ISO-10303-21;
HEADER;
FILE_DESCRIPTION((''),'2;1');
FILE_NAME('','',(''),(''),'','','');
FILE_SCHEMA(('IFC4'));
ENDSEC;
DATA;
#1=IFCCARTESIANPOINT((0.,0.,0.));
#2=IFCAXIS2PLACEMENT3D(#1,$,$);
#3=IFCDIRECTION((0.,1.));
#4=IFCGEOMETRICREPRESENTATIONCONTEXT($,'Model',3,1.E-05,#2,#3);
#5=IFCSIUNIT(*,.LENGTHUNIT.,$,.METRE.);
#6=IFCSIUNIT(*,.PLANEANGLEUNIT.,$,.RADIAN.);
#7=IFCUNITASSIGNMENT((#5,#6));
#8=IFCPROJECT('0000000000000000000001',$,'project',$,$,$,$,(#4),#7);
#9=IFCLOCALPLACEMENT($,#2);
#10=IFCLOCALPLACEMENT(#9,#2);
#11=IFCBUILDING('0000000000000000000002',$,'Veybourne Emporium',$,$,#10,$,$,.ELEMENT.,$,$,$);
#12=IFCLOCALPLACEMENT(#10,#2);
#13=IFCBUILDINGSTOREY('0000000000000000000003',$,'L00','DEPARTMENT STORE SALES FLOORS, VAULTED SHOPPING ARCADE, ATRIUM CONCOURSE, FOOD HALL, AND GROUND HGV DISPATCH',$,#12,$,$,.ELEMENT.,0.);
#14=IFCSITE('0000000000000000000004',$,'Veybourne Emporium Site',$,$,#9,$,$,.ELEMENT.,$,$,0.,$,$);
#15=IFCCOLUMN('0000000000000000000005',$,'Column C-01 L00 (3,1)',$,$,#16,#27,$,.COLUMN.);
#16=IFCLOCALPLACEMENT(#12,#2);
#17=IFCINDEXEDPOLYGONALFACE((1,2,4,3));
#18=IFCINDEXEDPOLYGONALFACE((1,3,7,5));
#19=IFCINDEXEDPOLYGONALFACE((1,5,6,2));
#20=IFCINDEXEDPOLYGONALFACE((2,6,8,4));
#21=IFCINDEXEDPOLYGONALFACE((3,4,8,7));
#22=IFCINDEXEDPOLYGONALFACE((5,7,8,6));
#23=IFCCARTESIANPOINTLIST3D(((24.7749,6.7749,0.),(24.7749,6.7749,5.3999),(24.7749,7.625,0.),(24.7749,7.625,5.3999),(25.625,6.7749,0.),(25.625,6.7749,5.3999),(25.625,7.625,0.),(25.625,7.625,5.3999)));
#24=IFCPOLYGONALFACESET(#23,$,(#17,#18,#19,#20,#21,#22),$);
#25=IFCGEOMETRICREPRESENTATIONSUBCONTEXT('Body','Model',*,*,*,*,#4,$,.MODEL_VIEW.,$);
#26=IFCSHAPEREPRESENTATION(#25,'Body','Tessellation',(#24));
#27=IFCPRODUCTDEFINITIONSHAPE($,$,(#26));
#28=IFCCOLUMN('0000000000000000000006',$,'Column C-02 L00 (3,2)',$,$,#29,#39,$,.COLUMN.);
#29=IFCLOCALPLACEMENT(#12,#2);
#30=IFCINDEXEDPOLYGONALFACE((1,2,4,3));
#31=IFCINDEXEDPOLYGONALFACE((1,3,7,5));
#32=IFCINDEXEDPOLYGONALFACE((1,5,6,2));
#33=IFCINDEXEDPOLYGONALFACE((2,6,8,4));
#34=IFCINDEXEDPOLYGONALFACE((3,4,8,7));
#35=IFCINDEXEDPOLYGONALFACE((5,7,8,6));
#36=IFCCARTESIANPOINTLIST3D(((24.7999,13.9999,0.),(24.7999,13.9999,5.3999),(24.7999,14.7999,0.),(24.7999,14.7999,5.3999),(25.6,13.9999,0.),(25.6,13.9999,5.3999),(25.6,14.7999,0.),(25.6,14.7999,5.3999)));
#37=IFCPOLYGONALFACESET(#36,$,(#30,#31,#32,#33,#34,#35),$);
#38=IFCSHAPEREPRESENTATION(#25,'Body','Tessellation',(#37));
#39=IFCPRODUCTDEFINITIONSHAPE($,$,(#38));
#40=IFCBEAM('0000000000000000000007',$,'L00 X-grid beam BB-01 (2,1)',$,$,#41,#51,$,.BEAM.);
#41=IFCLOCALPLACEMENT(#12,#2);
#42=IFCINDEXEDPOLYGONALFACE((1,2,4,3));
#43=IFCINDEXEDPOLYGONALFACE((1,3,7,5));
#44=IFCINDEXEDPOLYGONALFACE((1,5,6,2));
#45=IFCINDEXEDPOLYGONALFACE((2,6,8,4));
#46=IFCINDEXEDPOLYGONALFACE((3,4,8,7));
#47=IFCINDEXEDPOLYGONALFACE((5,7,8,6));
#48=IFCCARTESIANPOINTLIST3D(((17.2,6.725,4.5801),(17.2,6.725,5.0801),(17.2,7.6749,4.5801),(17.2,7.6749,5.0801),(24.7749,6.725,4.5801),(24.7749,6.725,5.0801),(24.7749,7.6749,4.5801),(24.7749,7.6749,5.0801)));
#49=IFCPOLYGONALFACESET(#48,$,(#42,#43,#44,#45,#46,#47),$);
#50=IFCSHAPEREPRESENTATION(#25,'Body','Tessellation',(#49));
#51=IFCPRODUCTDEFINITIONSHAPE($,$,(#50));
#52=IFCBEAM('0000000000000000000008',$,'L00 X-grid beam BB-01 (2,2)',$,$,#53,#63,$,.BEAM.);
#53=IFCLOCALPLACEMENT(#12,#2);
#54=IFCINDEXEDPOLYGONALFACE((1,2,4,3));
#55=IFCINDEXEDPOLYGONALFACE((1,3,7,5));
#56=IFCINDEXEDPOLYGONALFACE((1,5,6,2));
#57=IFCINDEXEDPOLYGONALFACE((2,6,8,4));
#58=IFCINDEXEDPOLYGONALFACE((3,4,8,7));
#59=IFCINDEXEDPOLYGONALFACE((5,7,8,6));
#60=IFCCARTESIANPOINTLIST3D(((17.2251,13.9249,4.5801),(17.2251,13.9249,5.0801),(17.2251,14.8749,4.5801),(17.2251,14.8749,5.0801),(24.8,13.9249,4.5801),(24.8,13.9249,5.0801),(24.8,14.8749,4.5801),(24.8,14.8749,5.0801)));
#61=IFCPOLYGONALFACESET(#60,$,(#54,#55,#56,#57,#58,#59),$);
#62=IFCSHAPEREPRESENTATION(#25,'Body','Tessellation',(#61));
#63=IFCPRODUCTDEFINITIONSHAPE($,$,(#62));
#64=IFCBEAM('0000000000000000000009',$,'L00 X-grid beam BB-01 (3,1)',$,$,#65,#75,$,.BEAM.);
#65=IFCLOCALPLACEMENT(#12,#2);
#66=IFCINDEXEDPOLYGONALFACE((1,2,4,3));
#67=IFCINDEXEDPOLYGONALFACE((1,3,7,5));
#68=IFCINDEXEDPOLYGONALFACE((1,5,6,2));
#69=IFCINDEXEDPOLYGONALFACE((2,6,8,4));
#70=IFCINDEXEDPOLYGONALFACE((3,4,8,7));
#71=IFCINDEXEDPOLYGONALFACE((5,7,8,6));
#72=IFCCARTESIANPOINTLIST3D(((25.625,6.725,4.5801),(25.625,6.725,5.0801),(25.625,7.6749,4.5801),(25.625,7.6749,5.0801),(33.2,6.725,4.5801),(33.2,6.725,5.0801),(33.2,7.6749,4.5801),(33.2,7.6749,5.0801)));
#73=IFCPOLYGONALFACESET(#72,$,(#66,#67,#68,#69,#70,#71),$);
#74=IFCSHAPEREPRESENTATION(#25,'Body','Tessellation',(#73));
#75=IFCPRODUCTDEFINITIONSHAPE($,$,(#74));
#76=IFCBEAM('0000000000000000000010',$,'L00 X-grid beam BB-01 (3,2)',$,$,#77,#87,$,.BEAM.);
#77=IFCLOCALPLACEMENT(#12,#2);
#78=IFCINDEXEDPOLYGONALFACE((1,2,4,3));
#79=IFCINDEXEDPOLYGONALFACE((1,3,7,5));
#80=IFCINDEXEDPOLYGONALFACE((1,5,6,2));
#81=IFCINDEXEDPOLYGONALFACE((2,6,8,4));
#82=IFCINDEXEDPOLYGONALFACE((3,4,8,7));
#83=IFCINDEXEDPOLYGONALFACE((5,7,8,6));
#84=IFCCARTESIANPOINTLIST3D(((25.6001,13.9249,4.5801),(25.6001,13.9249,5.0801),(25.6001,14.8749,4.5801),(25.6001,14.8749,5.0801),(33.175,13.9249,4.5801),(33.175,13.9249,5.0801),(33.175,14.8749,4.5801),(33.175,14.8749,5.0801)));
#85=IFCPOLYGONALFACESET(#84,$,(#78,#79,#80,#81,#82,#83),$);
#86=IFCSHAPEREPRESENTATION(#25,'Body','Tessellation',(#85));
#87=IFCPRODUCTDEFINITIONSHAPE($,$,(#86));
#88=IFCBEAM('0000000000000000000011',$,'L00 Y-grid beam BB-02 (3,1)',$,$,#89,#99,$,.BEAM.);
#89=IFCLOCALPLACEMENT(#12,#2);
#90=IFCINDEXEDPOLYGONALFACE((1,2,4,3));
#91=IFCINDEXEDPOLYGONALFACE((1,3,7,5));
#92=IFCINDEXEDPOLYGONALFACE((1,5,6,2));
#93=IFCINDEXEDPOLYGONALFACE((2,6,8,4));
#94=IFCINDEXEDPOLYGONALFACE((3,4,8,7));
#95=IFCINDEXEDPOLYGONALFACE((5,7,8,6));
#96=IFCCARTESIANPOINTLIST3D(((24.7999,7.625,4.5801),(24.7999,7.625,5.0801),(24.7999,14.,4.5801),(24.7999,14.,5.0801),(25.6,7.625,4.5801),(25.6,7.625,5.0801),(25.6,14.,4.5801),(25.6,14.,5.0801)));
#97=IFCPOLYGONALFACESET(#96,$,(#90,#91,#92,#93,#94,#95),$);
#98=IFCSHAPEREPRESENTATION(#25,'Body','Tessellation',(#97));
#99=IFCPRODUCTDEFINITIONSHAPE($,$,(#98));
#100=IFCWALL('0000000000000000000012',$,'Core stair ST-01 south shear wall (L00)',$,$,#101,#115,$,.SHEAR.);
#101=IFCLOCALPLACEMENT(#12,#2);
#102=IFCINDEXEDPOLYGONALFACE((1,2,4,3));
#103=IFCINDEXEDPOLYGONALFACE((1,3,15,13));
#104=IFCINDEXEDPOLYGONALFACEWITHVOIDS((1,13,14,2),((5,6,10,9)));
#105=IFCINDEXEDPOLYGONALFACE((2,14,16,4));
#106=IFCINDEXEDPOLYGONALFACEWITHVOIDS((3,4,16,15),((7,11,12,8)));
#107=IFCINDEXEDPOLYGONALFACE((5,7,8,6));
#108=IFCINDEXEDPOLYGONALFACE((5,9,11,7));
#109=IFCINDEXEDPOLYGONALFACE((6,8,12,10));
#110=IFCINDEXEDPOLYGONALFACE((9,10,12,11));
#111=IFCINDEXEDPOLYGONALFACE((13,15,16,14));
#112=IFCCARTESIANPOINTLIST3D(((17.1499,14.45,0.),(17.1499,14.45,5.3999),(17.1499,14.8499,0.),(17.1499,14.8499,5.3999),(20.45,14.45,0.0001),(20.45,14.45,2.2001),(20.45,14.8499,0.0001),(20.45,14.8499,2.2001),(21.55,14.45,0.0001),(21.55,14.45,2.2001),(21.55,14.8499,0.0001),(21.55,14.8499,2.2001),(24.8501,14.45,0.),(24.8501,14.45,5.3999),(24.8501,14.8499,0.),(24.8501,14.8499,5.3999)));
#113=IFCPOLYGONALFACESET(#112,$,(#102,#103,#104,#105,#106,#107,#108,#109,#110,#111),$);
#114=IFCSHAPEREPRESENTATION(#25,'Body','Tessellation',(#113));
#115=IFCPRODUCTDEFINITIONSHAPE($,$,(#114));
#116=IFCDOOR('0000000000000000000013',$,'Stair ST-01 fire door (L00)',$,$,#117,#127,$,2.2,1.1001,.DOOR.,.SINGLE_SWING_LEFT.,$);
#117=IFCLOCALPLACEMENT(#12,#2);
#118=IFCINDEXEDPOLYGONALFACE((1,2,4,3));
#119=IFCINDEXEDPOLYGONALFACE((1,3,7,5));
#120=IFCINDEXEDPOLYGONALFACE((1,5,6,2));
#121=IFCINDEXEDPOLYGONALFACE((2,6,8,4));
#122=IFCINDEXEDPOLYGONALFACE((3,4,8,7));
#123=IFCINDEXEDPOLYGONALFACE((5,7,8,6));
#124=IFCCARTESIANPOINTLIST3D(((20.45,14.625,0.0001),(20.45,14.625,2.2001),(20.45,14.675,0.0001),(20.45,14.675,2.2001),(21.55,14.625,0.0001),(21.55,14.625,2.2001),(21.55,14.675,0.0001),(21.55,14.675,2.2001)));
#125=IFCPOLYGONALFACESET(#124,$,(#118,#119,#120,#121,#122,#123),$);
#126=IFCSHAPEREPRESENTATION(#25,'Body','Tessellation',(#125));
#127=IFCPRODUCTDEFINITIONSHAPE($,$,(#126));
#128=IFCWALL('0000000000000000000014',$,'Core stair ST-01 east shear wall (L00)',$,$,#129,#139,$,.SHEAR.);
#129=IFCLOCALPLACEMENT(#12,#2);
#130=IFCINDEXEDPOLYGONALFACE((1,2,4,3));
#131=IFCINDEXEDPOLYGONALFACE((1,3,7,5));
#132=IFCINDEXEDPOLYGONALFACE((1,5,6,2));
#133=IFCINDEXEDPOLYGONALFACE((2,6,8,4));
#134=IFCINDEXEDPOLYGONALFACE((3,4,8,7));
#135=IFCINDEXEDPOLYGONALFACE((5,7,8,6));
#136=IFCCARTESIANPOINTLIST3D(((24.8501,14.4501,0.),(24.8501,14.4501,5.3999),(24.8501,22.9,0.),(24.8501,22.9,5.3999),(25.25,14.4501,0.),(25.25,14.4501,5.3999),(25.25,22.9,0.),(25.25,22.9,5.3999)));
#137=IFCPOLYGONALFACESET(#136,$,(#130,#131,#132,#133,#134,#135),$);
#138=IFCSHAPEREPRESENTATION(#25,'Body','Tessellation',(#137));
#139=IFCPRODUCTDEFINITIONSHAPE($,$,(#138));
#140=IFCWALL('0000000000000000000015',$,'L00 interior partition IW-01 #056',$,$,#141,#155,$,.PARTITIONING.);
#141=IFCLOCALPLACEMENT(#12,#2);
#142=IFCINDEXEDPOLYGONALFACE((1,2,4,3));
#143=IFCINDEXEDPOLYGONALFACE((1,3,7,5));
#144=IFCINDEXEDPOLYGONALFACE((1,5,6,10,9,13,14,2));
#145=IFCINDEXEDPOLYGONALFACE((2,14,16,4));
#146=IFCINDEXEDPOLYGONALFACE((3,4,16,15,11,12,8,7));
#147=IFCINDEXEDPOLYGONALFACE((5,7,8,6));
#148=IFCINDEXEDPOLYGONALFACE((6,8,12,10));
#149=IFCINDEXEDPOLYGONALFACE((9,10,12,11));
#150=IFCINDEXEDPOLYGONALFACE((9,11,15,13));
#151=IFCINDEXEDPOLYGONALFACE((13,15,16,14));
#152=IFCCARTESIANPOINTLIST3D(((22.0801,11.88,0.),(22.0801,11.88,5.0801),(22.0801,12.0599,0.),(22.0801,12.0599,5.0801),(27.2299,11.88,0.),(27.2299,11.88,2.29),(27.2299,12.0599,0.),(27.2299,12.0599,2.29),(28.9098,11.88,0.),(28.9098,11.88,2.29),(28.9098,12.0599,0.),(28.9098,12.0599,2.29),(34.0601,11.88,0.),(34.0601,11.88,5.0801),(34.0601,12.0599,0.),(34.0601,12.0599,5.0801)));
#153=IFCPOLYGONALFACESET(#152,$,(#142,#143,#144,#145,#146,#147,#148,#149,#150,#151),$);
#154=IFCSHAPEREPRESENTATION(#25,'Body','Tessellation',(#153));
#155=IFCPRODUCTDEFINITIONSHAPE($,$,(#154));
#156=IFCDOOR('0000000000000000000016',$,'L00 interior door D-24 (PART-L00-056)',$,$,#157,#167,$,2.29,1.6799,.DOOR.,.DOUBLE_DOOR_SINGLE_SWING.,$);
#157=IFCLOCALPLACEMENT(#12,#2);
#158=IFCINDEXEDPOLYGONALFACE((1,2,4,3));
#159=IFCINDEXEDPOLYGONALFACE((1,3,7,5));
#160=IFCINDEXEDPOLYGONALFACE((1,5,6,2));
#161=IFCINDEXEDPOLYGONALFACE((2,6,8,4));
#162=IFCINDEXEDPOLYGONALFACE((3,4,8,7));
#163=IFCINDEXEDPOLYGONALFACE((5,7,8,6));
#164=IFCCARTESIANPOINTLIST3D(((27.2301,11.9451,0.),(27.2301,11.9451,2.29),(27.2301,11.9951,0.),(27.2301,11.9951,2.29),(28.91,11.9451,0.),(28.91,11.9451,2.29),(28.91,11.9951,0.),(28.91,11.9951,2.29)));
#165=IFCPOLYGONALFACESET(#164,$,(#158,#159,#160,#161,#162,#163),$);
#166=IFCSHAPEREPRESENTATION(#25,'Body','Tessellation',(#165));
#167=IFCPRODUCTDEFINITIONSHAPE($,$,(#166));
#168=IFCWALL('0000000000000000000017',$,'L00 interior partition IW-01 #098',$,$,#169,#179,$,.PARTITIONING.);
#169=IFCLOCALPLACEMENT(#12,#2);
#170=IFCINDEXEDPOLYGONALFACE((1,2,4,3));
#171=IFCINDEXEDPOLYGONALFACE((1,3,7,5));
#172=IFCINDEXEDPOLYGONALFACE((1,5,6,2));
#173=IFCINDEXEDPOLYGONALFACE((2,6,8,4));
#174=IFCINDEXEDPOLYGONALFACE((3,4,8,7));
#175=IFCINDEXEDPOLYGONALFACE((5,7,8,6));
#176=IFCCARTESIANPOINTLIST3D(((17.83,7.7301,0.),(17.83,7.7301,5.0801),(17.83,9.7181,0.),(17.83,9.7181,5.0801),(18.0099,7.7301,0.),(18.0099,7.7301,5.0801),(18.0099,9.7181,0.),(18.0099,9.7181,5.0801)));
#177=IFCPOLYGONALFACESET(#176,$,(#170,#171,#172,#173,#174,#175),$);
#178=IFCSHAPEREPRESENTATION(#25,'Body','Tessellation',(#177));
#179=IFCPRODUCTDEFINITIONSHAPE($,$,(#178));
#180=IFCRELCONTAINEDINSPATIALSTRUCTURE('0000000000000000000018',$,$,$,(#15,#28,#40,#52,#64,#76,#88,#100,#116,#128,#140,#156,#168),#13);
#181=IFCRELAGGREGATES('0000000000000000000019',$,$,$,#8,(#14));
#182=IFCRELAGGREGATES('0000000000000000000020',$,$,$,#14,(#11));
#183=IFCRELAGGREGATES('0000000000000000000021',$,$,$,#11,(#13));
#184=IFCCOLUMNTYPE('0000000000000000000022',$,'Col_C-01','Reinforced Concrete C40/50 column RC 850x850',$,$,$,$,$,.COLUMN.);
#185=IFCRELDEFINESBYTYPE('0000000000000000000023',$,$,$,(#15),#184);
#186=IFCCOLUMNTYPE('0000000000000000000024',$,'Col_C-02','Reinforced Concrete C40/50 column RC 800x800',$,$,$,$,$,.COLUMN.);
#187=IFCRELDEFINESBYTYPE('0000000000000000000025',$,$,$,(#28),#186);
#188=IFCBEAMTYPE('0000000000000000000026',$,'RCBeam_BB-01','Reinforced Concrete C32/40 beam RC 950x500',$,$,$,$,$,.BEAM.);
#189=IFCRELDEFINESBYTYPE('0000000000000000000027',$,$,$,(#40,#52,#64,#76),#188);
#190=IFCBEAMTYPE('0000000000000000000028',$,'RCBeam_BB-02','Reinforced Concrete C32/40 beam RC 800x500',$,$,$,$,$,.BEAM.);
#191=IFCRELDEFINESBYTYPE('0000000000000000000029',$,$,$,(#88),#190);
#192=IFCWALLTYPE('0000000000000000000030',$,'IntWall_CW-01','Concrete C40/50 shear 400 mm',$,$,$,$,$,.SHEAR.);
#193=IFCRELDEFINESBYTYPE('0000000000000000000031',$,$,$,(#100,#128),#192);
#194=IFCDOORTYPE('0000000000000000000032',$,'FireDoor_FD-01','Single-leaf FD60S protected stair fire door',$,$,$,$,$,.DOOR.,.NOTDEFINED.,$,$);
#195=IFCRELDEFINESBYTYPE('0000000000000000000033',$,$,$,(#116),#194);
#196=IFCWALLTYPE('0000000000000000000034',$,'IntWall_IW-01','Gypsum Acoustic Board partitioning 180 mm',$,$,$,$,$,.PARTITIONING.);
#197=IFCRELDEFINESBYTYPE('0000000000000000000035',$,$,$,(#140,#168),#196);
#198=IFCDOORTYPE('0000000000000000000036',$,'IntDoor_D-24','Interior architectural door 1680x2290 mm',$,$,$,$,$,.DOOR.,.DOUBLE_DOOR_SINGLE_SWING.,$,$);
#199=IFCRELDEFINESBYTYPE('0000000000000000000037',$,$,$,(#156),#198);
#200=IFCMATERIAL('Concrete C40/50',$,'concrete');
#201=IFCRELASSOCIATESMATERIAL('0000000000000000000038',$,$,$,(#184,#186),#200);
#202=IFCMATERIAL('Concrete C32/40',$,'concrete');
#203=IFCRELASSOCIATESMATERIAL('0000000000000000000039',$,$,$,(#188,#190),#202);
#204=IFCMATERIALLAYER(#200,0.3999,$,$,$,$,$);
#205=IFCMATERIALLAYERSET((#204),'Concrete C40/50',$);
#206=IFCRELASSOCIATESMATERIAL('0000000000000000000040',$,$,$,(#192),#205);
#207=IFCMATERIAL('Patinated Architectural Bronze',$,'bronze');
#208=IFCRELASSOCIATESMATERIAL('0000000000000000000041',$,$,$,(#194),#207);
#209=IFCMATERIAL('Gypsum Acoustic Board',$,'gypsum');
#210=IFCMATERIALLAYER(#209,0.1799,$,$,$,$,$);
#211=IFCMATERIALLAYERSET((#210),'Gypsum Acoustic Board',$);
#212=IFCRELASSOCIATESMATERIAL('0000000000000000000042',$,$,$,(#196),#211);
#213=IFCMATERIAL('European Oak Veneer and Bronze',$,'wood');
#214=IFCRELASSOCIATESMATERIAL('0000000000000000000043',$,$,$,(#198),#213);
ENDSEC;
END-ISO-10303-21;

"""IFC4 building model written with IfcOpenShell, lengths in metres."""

from ifc_helpers import new_model, si_unit, direction, frame, frame_2d, origin, origin_2d, place, context, subcontext, project, spatial, rectangle, extrude, material, layer, layer_set, material_profile, profile_set, type_object, element, fill, save


model = new_model("IFC4")

# Units and contexts
model_context = context("Model", 3, precision=1e-05, world=origin(), true_north=direction((0.0, 1.0)))
body_context = subcontext(model_context, "Body", "Model", "MODEL_VIEW")
ifc_project = project(units=[si_unit("LENGTHUNIT", "METRE"), si_unit("PLANEANGLEUNIT", "RADIAN")], contexts=[model_context])

# Site, building, storey
site_placement = place(None, origin())
site = spatial("IfcSite", under=ifc_project, at=site_placement, Name="Veybourne Emporium Site", CompositionType="ELEMENT", RefElevation=0.0)
building_placement = place(site_placement, origin())
building = spatial("IfcBuilding", under=site, at=building_placement, Name="Veybourne Emporium", CompositionType="ELEMENT")
storey_placement = place(building_placement, origin())
storey = spatial("IfcBuildingStorey", under=building, at=storey_placement, Name="L00", Description="DEPARTMENT STORE SALES FLOORS, VAULTED SHOPPING ARCADE, ATRIUM CONCOURSE, FOOD HALL, AND GROUND HGV DISPATCH", CompositionType="ELEMENT", Elevation=0.0)

# Columns
ifc_material_1 = material(Name="Concrete C40/50", Category="concrete")
ifc_material_profile_1 = material_profile(ifc_material_1, rectangle(XDim=0.8501, YDim=0.8501, at=origin_2d()), Name="RC 850x850")
ifc_profile_set_1 = profile_set([ifc_material_profile_1], Name="Concrete C40/50")
column_type_1 = type_object("IfcColumnType", Name="Col_C-01", Description="Reinforced Concrete C40/50 column RC 850x850", PredefinedType="COLUMN", material=ifc_profile_set_1)
column_1_placement = place(storey_placement, frame((25.2, 7.2, 0.0), z_axis=(0.0, 0.0, 1.0), x_axis=(1.0, 0.0, 0.0)))
element("IfcColumn", 1, at=column_1_placement, inside=storey, type_object=column_type_1, Name="Column C-01 L00 (3,1)", PredefinedType="COLUMN", context=body_context, shape_type="SweptSolid", body=[
    extrude(rectangle(XDim=0.8501, YDim=0.8501, at=origin_2d()), origin(), (0.0, 0.0, 1.0), 5.3999),
])
ifc_material_profile_2 = material_profile(ifc_material_1, rectangle(XDim=0.8, YDim=0.8, at=origin_2d()), Name="RC 800x800")
ifc_profile_set_2 = profile_set([ifc_material_profile_2], Name="Concrete C40/50")
column_type_2 = type_object("IfcColumnType", Name="Col_C-02", Description="Reinforced Concrete C40/50 column RC 800x800", PredefinedType="COLUMN", material=ifc_profile_set_2)
column_2_placement = place(storey_placement, frame((25.2, 14.3999, 0.0), z_axis=(0.0, 0.0, 1.0), x_axis=(1.0, 0.0, 0.0)))
element("IfcColumn", 2, at=column_2_placement, inside=storey, type_object=column_type_2, Name="Column C-02 L00 (3,2)", PredefinedType="COLUMN", context=body_context, shape_type="SweptSolid", body=[
    extrude(rectangle(XDim=0.8, YDim=0.8, at=origin_2d()), origin(), (0.0, 0.0, 1.0), 5.3999),
])

# Beams
ifc_material_2 = material(Name="Concrete C32/40", Category="concrete")
ifc_material_profile_3 = material_profile(ifc_material_2, rectangle(XDim=0.95, YDim=0.5, at=origin_2d()), Name="RC 950x500")
ifc_profile_set_3 = profile_set([ifc_material_profile_3], Name="Concrete C32/40")
beam_type_1 = type_object("IfcBeamType", Name="RCBeam_BB-01", Description="Reinforced Concrete C32/40 beam RC 950x500", PredefinedType="BEAM", material=ifc_profile_set_3)
for number, where, z_axis, x_axis, name in (
    (3, (17.2, 7.2, 4.8301), (1.0, 0.0, 0.0), (0.0, 1.0, 0.0), "L00 X-grid beam BB-01 (2,1)"),
    (4, (17.2251, 14.3999, 4.8301), (1.0, 0.0, 0.0), (0.0, 1.0, 0.0), "L00 X-grid beam BB-01 (2,2)"),
    (5, (25.625, 7.2, 4.8301), (1.0, 0.0, 0.0), (0.0, 1.0, 0.0), "L00 X-grid beam BB-01 (3,1)"),
    (6, (25.6001, 14.3999, 4.8301), (1.0, 0.0, 0.0), (0.0, 1.0, 0.0), "L00 X-grid beam BB-01 (3,2)"),
):
    element("IfcBeam", number, at=place(storey_placement, frame(where, z_axis=z_axis, x_axis=x_axis)), inside=storey, type_object=beam_type_1, Name=name, PredefinedType="BEAM", context=body_context, shape_type="SweptSolid", body=[
        extrude(rectangle(XDim=0.95, YDim=0.5, at=origin_2d()), origin(), (0.0, 0.0, 1.0), 7.575),
    ])
ifc_material_profile_4 = material_profile(ifc_material_2, rectangle(XDim=0.8, YDim=0.5, at=origin_2d()), Name="RC 800x500")
ifc_profile_set_4 = profile_set([ifc_material_profile_4], Name="Concrete C32/40")
beam_type_2 = type_object("IfcBeamType", Name="RCBeam_BB-02", Description="Reinforced Concrete C32/40 beam RC 800x500", PredefinedType="BEAM", material=ifc_profile_set_4)
beam_placement = place(storey_placement, frame((25.2, 7.625, 4.8301), z_axis=(0.0, 1.0, 0.0), x_axis=(-1.0, 0.0, 0.0)))
element("IfcBeam", 7, at=beam_placement, inside=storey, type_object=beam_type_2, Name="L00 Y-grid beam BB-02 (3,1)", PredefinedType="BEAM", context=body_context, shape_type="SweptSolid", body=[
    extrude(rectangle(XDim=0.8, YDim=0.5, at=origin_2d()), origin(), (0.0, 0.0, 1.0), 6.375),
])

# Wall, opening, door
ifc_layer_1 = layer(ifc_material_1, 0.3999)
ifc_layer_set_1 = layer_set([ifc_layer_1], Name="Concrete C40/50")
wall_type_1 = type_object("IfcWallType", Name="IntWall_CW-01", Description="Concrete C40/50 shear 400 mm", PredefinedType="SHEAR", material=ifc_layer_set_1)
wall_1_placement = place(storey_placement, frame((24.8501, 14.6499, 0.0), z_axis=(0.0, 0.0, 1.0), x_axis=(-1.0, 0.0, 0.0)))
wall_1 = element("IfcWall", 8, at=wall_1_placement, inside=storey, type_object=wall_type_1, Name="Core stair ST-01 south shear wall (L00)", PredefinedType="SHEAR", context=body_context, shape_type="SweptSolid", body=[
    extrude(rectangle(XDim=7.7002, YDim=0.3999, at=frame_2d((3.8501, 0.0))), origin(), (0.0, 0.0, 1.0), 5.3999),
])
opening_1_placement = place(wall_1_placement, frame((3.3, 0.0, 0.0)))
opening_1 = element("IfcOpeningElement", 9, at=opening_1_placement, cuts=wall_1, PredefinedType="OPENING", context=body_context, shape_type="SweptSolid", body=[
    extrude(rectangle(XDim=1.1001, YDim=2.2, at=frame_2d((0.55, 1.1001))), frame((0.0, 0.22, 0.0), z_axis=(0.0, -1.0, 0.0), x_axis=(1.0, 0.0, 0.0)), (0.0, 0.0, 1.0), 0.4399),
])
ifc_material_3 = material(Name="Patinated Architectural Bronze", Category="bronze")
door_type_1 = type_object("IfcDoorType", Name="FireDoor_FD-01", Description="Single-leaf FD60S protected stair fire door", OperationType="NOTDEFINED", PredefinedType="DOOR", material=ifc_material_3)
door_1_placement = place(opening_1_placement, origin())
door_1 = element("IfcDoor", 10, at=door_1_placement, inside=storey, type_object=door_type_1, Name="Stair ST-01 fire door (L00)", OperationType="SINGLE_SWING_LEFT", OverallHeight=2.2, OverallWidth=1.1001, PredefinedType="DOOR", context=body_context, shape_type="SweptSolid", body=[
    extrude(rectangle(XDim=1.1001, YDim=2.2, at=frame_2d((0.55, 1.1001))), frame((0.0, 0.0249, 0.0), z_axis=(0.0, -1.0, 0.0), x_axis=(1.0, 0.0, 0.0)), (0.0, 0.0, 1.0), 0.05),
])
fill(opening_1, door_1)

# Wall
wall_2_placement = place(storey_placement, frame((25.05, 14.45, 0.0), z_axis=(0.0, 0.0, 1.0), x_axis=(0.0, 1.0, 0.0)))
element("IfcWall", 11, at=wall_2_placement, inside=storey, type_object=wall_type_1, Name="Core stair ST-01 east shear wall (L00)", PredefinedType="SHEAR", context=body_context, shape_type="SweptSolid", body=[
    extrude(rectangle(XDim=8.45, YDim=0.3999, at=frame_2d((4.2251, 0.0))), origin(), (0.0, 0.0, 1.0), 5.3999),
])

# Wall, opening, door
ifc_material_4 = material(Name="Gypsum Acoustic Board", Category="gypsum")
ifc_layer_2 = layer(ifc_material_4, 0.1799)
ifc_layer_set_2 = layer_set([ifc_layer_2], Name="Gypsum Acoustic Board")
wall_type_2 = type_object("IfcWallType", Name="IntWall_IW-01", Description="Gypsum Acoustic Board partitioning 180 mm", PredefinedType="PARTITIONING", material=ifc_layer_set_2)
wall_3_placement = place(storey_placement, frame((22.0801, 11.97, 0.0), z_axis=(0.0, 0.0, 1.0), x_axis=(1.0, 0.0, 0.0)))
wall_3 = element("IfcWall", 12, at=wall_3_placement, inside=storey, type_object=wall_type_2, Name="L00 interior partition IW-01 #056", PredefinedType="PARTITIONING", context=body_context, shape_type="SweptSolid", body=[
    extrude(rectangle(XDim=11.98, YDim=0.1799, at=frame_2d((5.99, 0.0))), origin(), (0.0, 0.0, 1.0), 5.0801),
])
opening_2_placement = place(wall_3_placement, frame((5.1499, 0.0, 0.0)))
opening_2 = element("IfcOpeningElement", 13, at=opening_2_placement, cuts=wall_3, PredefinedType="OPENING", context=body_context, shape_type="SweptSolid", body=[
    extrude(rectangle(XDim=1.6799, YDim=2.29, at=frame_2d((0.8398, 1.145))), frame((0.0, 0.1099, 0.0), z_axis=(0.0, -1.0, 0.0), x_axis=(1.0, 0.0, 0.0)), (0.0, 0.0, 1.0), 0.22),
])
ifc_material_5 = material(Name="European Oak Veneer and Bronze", Category="wood")
door_type_2 = type_object("IfcDoorType", Name="IntDoor_D-24", Description="Interior architectural door 1680x2290 mm", OperationType="DOUBLE_DOOR_SINGLE_SWING", PredefinedType="DOOR", material=ifc_material_5)
door_2_placement = place(opening_2_placement, frame((1.6799, 0.0, 0.0), z_axis=(0.0, 0.0, 1.0), x_axis=(-1.0, 0.0, 0.0)))
door_2 = element("IfcDoor", 14, at=door_2_placement, inside=storey, type_object=door_type_2, Name="L00 interior door D-24 (PART-L00-056)", OperationType="DOUBLE_DOOR_SINGLE_SWING", OverallHeight=2.29, OverallWidth=1.6799, PredefinedType="DOOR", context=body_context, shape_type="SweptSolid", body=[
    extrude(rectangle(XDim=1.6799, YDim=2.29, at=frame_2d((0.8398, 1.145))), frame((0.0, 0.0249, 0.0), z_axis=(0.0, -1.0, 0.0), x_axis=(1.0, 0.0, 0.0)), (0.0, 0.0, 1.0), 0.05),
])
fill(opening_2, door_2)

# Wall
wall_4_placement = place(storey_placement, frame((17.9199, 7.73, 0.0), z_axis=(0.0, 0.0, 1.0), x_axis=(0.0, 1.0, 0.0)))
element("IfcWall", 15, at=wall_4_placement, inside=storey, type_object=wall_type_2, Name="L00 interior partition IW-01 #098", PredefinedType="PARTITIONING", context=body_context, shape_type="SweptSolid", body=[
    extrude(rectangle(XDim=1.988, YDim=0.1799, at=frame_2d((0.9941, 0.0))), origin(), (0.0, 0.0, 1.0), 5.0801),
])

save(model, "model.ifc")
